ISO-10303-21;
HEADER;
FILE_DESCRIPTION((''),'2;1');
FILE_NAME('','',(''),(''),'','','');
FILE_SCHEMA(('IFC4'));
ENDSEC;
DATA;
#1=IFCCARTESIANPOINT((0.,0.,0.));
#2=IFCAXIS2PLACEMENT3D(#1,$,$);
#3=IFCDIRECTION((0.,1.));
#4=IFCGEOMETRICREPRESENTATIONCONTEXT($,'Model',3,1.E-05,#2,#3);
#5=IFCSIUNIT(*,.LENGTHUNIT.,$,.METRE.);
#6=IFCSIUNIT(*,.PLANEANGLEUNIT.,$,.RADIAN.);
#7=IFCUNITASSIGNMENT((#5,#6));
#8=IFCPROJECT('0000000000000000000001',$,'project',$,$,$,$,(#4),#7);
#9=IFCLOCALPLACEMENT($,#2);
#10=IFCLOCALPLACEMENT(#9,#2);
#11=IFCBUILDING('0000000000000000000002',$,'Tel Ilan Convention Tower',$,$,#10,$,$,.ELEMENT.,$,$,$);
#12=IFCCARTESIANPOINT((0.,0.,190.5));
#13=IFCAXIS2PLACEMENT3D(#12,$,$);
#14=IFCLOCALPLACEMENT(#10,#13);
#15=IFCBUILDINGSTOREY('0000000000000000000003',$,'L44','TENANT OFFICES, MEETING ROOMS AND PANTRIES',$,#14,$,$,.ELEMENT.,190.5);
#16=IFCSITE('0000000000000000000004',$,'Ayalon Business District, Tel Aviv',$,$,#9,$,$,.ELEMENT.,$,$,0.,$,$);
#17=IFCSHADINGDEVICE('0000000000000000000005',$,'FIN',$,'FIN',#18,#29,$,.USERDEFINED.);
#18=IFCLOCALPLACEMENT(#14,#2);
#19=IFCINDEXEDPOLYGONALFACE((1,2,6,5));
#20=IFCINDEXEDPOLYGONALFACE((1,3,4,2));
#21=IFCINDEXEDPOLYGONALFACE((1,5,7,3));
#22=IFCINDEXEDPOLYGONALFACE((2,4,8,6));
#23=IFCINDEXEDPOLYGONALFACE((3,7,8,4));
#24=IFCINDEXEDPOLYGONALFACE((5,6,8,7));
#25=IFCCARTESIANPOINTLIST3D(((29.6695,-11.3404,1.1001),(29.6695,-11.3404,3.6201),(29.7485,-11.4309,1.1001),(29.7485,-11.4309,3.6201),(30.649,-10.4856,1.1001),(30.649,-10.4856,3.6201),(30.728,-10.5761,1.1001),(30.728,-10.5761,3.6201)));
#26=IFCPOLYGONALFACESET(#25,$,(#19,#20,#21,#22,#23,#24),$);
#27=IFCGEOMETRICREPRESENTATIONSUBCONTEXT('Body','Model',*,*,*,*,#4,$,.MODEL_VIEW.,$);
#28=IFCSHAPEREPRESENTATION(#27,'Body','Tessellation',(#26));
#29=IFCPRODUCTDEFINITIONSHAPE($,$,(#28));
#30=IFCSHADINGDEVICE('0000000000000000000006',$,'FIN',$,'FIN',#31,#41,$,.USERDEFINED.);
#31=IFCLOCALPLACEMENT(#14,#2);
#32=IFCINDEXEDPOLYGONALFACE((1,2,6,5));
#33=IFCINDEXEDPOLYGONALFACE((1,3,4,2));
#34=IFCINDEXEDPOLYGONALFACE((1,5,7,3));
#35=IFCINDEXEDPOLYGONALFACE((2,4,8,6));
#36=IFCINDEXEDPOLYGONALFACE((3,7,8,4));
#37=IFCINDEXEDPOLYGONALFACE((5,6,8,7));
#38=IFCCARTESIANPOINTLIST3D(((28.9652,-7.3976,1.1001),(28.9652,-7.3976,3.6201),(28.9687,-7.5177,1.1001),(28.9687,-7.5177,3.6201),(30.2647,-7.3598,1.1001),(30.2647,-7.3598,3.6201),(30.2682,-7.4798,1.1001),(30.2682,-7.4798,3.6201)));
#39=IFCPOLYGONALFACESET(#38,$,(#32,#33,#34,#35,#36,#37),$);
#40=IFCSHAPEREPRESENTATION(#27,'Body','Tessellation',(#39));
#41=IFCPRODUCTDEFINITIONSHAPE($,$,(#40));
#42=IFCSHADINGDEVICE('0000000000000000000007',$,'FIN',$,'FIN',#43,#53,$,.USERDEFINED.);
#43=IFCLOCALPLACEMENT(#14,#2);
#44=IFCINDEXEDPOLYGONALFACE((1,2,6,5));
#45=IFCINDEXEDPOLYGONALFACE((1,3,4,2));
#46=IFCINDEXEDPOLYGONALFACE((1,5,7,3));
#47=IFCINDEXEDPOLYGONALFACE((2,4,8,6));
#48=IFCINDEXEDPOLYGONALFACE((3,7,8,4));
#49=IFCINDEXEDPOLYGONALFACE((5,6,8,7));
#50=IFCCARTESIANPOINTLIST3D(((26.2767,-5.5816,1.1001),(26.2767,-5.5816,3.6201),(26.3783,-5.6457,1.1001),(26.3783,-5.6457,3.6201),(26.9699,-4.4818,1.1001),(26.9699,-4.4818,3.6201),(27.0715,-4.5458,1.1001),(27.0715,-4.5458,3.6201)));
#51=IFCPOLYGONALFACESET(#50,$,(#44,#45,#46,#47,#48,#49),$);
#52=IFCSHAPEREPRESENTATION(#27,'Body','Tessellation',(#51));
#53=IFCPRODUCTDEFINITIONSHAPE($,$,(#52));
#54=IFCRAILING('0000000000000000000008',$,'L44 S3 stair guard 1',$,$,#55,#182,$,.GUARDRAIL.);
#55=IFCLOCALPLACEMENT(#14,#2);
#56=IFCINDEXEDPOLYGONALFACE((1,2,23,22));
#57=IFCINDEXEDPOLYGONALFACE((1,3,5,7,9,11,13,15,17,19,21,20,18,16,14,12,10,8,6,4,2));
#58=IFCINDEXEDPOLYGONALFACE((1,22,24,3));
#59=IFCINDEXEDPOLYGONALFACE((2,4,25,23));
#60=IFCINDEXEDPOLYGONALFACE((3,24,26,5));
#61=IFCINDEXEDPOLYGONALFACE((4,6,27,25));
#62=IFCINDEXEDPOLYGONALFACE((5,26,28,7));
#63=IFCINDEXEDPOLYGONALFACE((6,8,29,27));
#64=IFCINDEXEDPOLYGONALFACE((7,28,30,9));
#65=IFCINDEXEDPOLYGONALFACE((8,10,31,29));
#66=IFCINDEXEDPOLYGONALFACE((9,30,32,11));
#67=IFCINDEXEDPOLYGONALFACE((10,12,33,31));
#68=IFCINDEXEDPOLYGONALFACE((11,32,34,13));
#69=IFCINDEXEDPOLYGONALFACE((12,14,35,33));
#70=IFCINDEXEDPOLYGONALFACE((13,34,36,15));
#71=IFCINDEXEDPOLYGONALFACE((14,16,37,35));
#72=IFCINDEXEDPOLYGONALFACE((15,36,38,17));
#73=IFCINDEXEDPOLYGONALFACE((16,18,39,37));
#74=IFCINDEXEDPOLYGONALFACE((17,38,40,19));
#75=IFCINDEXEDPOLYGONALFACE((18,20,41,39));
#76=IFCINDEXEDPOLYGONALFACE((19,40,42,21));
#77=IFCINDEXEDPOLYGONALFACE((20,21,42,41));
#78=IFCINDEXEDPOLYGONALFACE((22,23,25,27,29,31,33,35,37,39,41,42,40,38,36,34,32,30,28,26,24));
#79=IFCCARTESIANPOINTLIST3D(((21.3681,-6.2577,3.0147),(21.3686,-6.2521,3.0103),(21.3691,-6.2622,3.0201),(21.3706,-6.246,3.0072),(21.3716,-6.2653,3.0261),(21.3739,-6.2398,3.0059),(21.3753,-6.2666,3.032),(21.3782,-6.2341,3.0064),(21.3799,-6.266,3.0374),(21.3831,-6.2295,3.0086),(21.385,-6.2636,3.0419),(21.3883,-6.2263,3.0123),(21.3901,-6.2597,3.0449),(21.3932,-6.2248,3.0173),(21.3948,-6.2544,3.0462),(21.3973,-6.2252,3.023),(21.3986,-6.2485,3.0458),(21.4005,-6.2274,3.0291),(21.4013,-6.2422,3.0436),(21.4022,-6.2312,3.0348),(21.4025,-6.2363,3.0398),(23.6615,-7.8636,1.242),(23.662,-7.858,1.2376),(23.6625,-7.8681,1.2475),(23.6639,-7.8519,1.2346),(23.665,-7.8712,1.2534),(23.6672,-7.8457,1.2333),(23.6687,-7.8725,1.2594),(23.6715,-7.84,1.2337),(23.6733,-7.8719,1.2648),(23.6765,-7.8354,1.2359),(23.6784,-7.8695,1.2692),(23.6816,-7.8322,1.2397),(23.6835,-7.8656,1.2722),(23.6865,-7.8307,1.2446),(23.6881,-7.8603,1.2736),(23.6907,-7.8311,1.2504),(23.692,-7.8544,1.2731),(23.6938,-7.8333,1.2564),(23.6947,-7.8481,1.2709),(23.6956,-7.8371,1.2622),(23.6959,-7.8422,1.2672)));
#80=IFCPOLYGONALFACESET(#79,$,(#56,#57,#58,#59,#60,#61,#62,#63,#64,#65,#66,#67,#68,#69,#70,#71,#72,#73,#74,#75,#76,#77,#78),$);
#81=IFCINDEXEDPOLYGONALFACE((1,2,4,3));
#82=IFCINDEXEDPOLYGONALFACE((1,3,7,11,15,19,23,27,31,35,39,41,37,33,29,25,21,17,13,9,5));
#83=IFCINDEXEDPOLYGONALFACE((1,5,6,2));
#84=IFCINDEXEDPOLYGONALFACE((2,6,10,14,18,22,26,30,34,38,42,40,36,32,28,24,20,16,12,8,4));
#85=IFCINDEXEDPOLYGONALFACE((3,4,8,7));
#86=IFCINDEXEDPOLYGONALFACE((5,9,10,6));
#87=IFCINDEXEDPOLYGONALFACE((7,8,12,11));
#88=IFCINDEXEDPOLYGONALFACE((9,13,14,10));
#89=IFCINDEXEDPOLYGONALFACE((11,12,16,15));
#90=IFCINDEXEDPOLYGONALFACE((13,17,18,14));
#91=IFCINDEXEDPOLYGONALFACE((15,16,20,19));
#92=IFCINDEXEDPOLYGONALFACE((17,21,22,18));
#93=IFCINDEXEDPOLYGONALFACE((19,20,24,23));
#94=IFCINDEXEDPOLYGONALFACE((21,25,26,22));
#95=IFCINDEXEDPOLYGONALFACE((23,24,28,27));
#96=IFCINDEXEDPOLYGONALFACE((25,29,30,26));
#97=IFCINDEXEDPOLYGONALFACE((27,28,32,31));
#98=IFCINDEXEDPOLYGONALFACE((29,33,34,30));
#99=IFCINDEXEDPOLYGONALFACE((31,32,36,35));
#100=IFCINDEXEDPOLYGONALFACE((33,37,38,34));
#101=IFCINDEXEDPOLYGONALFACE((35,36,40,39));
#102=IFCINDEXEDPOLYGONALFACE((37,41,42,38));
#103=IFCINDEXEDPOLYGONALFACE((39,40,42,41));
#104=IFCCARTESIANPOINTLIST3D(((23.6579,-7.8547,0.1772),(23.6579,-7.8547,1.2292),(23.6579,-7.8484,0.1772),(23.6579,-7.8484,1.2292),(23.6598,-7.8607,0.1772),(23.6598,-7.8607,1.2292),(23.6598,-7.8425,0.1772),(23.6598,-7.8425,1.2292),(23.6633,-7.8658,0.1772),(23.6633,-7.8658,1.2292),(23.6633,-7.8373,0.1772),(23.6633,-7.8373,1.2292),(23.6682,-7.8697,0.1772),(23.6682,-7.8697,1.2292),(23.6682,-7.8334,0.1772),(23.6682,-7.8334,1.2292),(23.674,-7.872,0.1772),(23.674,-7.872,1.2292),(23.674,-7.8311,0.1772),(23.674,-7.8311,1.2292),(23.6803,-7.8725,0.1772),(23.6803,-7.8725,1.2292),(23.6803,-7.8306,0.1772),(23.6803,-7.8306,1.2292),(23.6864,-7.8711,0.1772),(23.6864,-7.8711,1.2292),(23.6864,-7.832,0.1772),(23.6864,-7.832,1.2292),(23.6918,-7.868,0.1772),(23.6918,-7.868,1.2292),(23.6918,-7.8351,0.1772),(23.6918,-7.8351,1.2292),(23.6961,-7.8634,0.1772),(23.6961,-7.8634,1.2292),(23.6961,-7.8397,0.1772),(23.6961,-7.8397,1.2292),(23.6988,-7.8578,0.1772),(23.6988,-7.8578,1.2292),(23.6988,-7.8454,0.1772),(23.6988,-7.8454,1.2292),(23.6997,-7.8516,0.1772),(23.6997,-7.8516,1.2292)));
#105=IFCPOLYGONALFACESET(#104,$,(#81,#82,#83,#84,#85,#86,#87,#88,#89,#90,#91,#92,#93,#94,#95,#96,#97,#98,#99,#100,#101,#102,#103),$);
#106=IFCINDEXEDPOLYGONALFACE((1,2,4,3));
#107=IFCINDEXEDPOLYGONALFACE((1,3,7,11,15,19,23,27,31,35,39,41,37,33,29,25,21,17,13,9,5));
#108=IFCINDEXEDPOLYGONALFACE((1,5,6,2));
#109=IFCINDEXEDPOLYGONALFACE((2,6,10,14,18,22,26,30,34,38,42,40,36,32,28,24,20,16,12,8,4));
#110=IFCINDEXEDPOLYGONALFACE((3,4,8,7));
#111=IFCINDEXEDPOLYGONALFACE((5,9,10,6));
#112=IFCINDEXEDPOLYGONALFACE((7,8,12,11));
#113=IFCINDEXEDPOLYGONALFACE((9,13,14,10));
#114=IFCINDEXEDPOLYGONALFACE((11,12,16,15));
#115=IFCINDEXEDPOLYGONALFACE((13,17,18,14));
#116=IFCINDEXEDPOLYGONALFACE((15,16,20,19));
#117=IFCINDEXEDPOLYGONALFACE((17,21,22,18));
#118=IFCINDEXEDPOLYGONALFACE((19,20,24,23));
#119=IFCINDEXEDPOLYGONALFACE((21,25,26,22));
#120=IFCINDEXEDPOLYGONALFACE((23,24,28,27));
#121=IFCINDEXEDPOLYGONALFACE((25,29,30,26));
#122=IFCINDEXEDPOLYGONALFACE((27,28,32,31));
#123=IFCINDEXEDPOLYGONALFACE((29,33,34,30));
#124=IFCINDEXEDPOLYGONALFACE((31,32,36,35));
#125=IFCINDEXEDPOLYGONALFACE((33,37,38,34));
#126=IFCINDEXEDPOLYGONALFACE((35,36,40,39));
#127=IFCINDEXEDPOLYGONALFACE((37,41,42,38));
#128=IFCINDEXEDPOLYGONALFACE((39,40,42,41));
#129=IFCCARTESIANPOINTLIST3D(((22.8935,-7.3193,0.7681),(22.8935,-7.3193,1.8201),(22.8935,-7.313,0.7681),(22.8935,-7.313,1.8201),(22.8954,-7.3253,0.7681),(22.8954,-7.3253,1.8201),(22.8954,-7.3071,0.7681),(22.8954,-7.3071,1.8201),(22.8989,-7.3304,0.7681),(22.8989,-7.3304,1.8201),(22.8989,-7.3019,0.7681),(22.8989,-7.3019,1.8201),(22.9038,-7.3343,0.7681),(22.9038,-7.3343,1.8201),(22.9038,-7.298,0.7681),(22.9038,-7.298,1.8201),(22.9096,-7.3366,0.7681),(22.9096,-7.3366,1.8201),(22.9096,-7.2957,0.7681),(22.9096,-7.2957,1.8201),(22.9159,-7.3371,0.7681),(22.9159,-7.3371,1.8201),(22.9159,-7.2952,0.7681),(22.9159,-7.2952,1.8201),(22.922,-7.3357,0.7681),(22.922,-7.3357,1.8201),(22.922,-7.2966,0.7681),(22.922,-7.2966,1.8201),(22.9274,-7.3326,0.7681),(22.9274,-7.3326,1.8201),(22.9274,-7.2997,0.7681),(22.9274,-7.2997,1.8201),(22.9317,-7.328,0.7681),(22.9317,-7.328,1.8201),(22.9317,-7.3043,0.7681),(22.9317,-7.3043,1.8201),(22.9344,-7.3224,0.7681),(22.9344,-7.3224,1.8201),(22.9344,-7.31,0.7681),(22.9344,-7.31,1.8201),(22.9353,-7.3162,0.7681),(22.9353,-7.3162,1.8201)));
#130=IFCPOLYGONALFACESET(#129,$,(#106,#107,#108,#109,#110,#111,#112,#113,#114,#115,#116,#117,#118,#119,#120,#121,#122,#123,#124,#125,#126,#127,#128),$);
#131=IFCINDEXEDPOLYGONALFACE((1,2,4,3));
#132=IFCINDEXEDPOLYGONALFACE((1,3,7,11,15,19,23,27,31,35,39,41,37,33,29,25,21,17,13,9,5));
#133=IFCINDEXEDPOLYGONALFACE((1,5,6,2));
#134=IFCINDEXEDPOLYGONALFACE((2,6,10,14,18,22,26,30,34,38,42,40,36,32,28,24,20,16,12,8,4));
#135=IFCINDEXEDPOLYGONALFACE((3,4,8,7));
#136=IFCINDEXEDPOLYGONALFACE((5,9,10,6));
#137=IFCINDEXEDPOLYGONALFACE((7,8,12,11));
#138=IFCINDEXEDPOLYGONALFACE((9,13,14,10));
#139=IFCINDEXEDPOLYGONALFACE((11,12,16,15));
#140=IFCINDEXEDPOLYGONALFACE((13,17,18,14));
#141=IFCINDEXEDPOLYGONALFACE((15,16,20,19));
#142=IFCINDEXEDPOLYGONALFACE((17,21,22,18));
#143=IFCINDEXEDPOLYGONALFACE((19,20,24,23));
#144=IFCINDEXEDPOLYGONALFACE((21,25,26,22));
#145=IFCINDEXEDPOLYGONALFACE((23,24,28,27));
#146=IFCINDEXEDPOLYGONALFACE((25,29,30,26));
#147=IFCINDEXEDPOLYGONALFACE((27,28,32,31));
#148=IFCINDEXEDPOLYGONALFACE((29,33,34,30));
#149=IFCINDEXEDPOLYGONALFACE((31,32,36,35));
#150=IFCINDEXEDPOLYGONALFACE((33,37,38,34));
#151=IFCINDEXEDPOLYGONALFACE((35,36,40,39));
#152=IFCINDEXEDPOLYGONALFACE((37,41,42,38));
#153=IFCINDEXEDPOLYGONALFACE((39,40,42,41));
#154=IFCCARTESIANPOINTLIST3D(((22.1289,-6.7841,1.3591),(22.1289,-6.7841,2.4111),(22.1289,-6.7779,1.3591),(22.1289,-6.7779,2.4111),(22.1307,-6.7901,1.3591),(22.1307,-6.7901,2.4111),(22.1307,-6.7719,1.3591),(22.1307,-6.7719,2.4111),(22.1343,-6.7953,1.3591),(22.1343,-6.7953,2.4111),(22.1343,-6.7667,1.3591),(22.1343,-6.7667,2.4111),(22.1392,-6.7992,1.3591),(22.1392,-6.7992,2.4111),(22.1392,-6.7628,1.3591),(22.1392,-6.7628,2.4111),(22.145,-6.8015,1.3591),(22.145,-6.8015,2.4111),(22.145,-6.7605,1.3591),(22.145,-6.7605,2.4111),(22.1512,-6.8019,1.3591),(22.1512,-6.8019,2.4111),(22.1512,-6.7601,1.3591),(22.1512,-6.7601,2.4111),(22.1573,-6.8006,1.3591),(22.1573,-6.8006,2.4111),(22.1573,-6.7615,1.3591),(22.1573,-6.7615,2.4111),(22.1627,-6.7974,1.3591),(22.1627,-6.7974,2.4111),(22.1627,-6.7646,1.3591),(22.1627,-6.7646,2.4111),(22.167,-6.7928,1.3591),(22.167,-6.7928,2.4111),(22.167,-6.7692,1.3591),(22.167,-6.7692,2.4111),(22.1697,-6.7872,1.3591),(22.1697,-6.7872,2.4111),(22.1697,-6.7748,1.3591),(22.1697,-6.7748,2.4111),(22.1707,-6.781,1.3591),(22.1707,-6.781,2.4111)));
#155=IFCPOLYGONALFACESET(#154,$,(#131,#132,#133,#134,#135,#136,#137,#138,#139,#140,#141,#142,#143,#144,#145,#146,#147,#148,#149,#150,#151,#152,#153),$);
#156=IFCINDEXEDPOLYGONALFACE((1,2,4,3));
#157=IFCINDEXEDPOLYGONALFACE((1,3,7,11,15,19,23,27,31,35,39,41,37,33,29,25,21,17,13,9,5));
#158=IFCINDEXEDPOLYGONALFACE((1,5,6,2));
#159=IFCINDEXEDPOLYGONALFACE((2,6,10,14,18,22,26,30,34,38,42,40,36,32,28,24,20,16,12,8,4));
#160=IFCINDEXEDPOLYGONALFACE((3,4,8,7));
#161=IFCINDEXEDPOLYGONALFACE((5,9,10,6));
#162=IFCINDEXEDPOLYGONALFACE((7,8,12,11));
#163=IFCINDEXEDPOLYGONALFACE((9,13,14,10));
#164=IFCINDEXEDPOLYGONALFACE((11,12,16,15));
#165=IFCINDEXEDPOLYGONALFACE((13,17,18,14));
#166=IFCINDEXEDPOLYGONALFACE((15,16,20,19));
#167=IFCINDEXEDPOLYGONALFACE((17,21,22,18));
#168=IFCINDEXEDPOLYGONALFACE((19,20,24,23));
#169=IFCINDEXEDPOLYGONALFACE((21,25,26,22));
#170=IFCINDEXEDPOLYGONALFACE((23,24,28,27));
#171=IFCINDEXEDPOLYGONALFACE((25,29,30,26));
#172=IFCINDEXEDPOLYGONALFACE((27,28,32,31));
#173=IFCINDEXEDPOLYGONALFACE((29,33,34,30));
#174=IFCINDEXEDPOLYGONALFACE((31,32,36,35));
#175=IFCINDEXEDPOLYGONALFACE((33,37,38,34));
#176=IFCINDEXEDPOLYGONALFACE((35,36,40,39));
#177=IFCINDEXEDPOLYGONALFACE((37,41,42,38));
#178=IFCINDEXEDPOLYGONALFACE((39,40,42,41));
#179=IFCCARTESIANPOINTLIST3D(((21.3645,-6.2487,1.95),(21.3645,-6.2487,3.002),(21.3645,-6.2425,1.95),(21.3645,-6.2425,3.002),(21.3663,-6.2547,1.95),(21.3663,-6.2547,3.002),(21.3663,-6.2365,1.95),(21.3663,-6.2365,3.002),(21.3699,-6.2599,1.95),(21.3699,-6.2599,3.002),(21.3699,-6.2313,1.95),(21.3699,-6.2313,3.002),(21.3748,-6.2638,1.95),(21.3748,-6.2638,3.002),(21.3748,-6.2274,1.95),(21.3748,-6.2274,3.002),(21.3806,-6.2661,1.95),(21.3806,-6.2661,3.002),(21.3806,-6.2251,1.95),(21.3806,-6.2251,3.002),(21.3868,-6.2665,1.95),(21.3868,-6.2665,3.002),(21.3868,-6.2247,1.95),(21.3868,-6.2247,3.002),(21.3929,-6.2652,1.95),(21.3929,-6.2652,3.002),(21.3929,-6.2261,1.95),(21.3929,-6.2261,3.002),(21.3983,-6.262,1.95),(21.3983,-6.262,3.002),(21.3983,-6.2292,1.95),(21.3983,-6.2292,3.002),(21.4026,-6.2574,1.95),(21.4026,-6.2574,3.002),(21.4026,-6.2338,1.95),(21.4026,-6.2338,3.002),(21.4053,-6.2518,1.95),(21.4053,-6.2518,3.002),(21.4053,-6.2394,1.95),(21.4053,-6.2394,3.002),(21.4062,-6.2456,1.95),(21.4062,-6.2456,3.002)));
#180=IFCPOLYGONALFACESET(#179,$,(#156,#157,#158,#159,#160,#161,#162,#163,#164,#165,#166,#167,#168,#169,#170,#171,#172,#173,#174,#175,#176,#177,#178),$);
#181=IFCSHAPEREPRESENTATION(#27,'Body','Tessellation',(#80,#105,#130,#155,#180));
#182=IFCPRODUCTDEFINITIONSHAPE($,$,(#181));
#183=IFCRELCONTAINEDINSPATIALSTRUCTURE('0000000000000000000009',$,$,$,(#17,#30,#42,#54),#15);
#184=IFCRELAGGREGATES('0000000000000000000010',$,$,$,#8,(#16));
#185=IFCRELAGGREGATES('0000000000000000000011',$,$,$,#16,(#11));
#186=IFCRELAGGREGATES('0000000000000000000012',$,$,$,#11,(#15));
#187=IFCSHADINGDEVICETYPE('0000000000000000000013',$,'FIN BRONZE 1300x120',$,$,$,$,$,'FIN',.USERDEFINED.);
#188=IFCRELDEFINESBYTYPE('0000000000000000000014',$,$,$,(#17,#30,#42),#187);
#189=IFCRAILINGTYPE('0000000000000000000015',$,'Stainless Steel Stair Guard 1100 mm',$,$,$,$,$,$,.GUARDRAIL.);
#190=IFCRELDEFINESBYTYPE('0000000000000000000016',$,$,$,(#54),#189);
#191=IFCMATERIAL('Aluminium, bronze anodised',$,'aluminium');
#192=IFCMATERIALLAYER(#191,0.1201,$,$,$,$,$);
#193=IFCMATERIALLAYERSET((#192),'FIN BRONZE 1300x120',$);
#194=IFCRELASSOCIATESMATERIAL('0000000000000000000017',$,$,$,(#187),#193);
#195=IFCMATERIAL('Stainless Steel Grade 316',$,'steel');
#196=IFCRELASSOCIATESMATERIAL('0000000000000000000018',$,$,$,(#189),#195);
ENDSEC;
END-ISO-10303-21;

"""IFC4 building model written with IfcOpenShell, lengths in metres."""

from ifc_helpers import new_model, si_unit, direction, frame, origin, origin_2d, place, context, subcontext, project, spatial, rectangle, circle, extrude, material, layer, layer_set, type_object, element, save


model = new_model("IFC4")

# Units and contexts
model_context = context("Model", 3, precision=1e-05, world=origin(), true_north=direction((0.0, 1.0)))
body_context = subcontext(model_context, "Body", "Model", "MODEL_VIEW")
ifc_project = project(units=[si_unit("LENGTHUNIT", "METRE"), si_unit("PLANEANGLEUNIT", "RADIAN")], contexts=[model_context])

# Site, building, storey
site_placement = place(None, origin())
site = spatial("IfcSite", under=ifc_project, at=site_placement, Name="Ayalon Business District, Tel Aviv", CompositionType="ELEMENT", RefElevation=0.0)
building_placement = place(site_placement, origin())
building = spatial("IfcBuilding", under=site, at=building_placement, Name="Tel Ilan Convention Tower", CompositionType="ELEMENT")
storey_placement = place(building_placement, frame((0.0, 0.0, 190.5)))
storey = spatial("IfcBuildingStorey", under=building, at=storey_placement, Name="L44", Description="TENANT OFFICES, MEETING ROOMS AND PANTRIES", CompositionType="ELEMENT", Elevation=190.5)

# Shading devices
ifc_material_1 = material(Name="Aluminium, bronze anodised", Category="aluminium")
ifc_layer_1 = layer(ifc_material_1, 0.1201)
ifc_layer_set_1 = layer_set([ifc_layer_1], Name="FIN BRONZE 1300x120")
shading_device_type = type_object("IfcShadingDeviceType", Name="FIN BRONZE 1300x120", ElementType="FIN", PredefinedType="USERDEFINED", material=ifc_layer_set_1)
for number, where, z_axis, x_axis, name in (
    (1, (30.1987, -10.9583, 1.1001), (0.0, 0.0, 1.0), (0.753436, 0.657521, 0.0), "FIN"),
    (2, (29.6167, -7.4387, 1.1001), (0.0, 0.0, 1.0), (0.999577, 0.029085, 0.0), "FIN"),
    (3, (26.6741, -5.0637, 1.1001), (0.0, 0.0, 1.0), (0.533204, 0.845986, 0.0), "FIN"),
):
    element("IfcShadingDevice", number, at=place(storey_placement, frame(where, z_axis=z_axis, x_axis=x_axis)), inside=storey, type_object=shading_device_type, Name=name, ObjectType="FIN", PredefinedType="USERDEFINED", context=body_context, shape_type="SweptSolid", body=[
        extrude(rectangle(XDim=1.3, YDim=0.1201, at=origin_2d()), origin(), (0.0, 0.0, 1.0), 2.52),
    ])

# Railing
ifc_material_2 = material(Name="Stainless Steel Grade 316", Category="steel")
railing_type_1 = type_object("IfcRailingType", Name="Stainless Steel Stair Guard 1100 mm", PredefinedType="GUARDRAIL", material=ifc_material_2)
railing_1_placement = place(storey_placement, frame((23.6787, -7.8516, 0.1772)))
element("IfcRailing", 4, at=railing_1_placement, inside=storey, type_object=railing_type_1, Name="L44 S3 stair guard 1", PredefinedType="GUARDRAIL", context=body_context, shape_type="SweptSolid", body=[
    extrude(circle(Radius=0.0239, at=origin_2d()), frame((0.0, 0.0, 1.0762), z_axis=(-0.692085, 0.484621, 0.53494), x_axis=(-0.573591, -0.819142, 0.0)), (0.0, 0.0, 1.0), 3.3137),
    extrude(circle(Radius=0.021, at=origin_2d()), origin(), (0.0, 0.0, 1.0), 1.052),
    extrude(circle(Radius=0.021, at=origin_2d()), frame((-0.7644, 0.5354, 0.5908)), (0.0, 0.0, 1.0), 1.052),
    extrude(circle(Radius=0.021, at=origin_2d()), frame((-1.5291, 1.0706, 1.1819)), (0.0, 0.0, 1.0), 1.052),
    extrude(circle(Radius=0.021, at=origin_2d()), frame((-2.2935, 1.606, 1.7727)), (0.0, 0.0, 1.0), 1.052),
])

save(model, "model.ifc")
